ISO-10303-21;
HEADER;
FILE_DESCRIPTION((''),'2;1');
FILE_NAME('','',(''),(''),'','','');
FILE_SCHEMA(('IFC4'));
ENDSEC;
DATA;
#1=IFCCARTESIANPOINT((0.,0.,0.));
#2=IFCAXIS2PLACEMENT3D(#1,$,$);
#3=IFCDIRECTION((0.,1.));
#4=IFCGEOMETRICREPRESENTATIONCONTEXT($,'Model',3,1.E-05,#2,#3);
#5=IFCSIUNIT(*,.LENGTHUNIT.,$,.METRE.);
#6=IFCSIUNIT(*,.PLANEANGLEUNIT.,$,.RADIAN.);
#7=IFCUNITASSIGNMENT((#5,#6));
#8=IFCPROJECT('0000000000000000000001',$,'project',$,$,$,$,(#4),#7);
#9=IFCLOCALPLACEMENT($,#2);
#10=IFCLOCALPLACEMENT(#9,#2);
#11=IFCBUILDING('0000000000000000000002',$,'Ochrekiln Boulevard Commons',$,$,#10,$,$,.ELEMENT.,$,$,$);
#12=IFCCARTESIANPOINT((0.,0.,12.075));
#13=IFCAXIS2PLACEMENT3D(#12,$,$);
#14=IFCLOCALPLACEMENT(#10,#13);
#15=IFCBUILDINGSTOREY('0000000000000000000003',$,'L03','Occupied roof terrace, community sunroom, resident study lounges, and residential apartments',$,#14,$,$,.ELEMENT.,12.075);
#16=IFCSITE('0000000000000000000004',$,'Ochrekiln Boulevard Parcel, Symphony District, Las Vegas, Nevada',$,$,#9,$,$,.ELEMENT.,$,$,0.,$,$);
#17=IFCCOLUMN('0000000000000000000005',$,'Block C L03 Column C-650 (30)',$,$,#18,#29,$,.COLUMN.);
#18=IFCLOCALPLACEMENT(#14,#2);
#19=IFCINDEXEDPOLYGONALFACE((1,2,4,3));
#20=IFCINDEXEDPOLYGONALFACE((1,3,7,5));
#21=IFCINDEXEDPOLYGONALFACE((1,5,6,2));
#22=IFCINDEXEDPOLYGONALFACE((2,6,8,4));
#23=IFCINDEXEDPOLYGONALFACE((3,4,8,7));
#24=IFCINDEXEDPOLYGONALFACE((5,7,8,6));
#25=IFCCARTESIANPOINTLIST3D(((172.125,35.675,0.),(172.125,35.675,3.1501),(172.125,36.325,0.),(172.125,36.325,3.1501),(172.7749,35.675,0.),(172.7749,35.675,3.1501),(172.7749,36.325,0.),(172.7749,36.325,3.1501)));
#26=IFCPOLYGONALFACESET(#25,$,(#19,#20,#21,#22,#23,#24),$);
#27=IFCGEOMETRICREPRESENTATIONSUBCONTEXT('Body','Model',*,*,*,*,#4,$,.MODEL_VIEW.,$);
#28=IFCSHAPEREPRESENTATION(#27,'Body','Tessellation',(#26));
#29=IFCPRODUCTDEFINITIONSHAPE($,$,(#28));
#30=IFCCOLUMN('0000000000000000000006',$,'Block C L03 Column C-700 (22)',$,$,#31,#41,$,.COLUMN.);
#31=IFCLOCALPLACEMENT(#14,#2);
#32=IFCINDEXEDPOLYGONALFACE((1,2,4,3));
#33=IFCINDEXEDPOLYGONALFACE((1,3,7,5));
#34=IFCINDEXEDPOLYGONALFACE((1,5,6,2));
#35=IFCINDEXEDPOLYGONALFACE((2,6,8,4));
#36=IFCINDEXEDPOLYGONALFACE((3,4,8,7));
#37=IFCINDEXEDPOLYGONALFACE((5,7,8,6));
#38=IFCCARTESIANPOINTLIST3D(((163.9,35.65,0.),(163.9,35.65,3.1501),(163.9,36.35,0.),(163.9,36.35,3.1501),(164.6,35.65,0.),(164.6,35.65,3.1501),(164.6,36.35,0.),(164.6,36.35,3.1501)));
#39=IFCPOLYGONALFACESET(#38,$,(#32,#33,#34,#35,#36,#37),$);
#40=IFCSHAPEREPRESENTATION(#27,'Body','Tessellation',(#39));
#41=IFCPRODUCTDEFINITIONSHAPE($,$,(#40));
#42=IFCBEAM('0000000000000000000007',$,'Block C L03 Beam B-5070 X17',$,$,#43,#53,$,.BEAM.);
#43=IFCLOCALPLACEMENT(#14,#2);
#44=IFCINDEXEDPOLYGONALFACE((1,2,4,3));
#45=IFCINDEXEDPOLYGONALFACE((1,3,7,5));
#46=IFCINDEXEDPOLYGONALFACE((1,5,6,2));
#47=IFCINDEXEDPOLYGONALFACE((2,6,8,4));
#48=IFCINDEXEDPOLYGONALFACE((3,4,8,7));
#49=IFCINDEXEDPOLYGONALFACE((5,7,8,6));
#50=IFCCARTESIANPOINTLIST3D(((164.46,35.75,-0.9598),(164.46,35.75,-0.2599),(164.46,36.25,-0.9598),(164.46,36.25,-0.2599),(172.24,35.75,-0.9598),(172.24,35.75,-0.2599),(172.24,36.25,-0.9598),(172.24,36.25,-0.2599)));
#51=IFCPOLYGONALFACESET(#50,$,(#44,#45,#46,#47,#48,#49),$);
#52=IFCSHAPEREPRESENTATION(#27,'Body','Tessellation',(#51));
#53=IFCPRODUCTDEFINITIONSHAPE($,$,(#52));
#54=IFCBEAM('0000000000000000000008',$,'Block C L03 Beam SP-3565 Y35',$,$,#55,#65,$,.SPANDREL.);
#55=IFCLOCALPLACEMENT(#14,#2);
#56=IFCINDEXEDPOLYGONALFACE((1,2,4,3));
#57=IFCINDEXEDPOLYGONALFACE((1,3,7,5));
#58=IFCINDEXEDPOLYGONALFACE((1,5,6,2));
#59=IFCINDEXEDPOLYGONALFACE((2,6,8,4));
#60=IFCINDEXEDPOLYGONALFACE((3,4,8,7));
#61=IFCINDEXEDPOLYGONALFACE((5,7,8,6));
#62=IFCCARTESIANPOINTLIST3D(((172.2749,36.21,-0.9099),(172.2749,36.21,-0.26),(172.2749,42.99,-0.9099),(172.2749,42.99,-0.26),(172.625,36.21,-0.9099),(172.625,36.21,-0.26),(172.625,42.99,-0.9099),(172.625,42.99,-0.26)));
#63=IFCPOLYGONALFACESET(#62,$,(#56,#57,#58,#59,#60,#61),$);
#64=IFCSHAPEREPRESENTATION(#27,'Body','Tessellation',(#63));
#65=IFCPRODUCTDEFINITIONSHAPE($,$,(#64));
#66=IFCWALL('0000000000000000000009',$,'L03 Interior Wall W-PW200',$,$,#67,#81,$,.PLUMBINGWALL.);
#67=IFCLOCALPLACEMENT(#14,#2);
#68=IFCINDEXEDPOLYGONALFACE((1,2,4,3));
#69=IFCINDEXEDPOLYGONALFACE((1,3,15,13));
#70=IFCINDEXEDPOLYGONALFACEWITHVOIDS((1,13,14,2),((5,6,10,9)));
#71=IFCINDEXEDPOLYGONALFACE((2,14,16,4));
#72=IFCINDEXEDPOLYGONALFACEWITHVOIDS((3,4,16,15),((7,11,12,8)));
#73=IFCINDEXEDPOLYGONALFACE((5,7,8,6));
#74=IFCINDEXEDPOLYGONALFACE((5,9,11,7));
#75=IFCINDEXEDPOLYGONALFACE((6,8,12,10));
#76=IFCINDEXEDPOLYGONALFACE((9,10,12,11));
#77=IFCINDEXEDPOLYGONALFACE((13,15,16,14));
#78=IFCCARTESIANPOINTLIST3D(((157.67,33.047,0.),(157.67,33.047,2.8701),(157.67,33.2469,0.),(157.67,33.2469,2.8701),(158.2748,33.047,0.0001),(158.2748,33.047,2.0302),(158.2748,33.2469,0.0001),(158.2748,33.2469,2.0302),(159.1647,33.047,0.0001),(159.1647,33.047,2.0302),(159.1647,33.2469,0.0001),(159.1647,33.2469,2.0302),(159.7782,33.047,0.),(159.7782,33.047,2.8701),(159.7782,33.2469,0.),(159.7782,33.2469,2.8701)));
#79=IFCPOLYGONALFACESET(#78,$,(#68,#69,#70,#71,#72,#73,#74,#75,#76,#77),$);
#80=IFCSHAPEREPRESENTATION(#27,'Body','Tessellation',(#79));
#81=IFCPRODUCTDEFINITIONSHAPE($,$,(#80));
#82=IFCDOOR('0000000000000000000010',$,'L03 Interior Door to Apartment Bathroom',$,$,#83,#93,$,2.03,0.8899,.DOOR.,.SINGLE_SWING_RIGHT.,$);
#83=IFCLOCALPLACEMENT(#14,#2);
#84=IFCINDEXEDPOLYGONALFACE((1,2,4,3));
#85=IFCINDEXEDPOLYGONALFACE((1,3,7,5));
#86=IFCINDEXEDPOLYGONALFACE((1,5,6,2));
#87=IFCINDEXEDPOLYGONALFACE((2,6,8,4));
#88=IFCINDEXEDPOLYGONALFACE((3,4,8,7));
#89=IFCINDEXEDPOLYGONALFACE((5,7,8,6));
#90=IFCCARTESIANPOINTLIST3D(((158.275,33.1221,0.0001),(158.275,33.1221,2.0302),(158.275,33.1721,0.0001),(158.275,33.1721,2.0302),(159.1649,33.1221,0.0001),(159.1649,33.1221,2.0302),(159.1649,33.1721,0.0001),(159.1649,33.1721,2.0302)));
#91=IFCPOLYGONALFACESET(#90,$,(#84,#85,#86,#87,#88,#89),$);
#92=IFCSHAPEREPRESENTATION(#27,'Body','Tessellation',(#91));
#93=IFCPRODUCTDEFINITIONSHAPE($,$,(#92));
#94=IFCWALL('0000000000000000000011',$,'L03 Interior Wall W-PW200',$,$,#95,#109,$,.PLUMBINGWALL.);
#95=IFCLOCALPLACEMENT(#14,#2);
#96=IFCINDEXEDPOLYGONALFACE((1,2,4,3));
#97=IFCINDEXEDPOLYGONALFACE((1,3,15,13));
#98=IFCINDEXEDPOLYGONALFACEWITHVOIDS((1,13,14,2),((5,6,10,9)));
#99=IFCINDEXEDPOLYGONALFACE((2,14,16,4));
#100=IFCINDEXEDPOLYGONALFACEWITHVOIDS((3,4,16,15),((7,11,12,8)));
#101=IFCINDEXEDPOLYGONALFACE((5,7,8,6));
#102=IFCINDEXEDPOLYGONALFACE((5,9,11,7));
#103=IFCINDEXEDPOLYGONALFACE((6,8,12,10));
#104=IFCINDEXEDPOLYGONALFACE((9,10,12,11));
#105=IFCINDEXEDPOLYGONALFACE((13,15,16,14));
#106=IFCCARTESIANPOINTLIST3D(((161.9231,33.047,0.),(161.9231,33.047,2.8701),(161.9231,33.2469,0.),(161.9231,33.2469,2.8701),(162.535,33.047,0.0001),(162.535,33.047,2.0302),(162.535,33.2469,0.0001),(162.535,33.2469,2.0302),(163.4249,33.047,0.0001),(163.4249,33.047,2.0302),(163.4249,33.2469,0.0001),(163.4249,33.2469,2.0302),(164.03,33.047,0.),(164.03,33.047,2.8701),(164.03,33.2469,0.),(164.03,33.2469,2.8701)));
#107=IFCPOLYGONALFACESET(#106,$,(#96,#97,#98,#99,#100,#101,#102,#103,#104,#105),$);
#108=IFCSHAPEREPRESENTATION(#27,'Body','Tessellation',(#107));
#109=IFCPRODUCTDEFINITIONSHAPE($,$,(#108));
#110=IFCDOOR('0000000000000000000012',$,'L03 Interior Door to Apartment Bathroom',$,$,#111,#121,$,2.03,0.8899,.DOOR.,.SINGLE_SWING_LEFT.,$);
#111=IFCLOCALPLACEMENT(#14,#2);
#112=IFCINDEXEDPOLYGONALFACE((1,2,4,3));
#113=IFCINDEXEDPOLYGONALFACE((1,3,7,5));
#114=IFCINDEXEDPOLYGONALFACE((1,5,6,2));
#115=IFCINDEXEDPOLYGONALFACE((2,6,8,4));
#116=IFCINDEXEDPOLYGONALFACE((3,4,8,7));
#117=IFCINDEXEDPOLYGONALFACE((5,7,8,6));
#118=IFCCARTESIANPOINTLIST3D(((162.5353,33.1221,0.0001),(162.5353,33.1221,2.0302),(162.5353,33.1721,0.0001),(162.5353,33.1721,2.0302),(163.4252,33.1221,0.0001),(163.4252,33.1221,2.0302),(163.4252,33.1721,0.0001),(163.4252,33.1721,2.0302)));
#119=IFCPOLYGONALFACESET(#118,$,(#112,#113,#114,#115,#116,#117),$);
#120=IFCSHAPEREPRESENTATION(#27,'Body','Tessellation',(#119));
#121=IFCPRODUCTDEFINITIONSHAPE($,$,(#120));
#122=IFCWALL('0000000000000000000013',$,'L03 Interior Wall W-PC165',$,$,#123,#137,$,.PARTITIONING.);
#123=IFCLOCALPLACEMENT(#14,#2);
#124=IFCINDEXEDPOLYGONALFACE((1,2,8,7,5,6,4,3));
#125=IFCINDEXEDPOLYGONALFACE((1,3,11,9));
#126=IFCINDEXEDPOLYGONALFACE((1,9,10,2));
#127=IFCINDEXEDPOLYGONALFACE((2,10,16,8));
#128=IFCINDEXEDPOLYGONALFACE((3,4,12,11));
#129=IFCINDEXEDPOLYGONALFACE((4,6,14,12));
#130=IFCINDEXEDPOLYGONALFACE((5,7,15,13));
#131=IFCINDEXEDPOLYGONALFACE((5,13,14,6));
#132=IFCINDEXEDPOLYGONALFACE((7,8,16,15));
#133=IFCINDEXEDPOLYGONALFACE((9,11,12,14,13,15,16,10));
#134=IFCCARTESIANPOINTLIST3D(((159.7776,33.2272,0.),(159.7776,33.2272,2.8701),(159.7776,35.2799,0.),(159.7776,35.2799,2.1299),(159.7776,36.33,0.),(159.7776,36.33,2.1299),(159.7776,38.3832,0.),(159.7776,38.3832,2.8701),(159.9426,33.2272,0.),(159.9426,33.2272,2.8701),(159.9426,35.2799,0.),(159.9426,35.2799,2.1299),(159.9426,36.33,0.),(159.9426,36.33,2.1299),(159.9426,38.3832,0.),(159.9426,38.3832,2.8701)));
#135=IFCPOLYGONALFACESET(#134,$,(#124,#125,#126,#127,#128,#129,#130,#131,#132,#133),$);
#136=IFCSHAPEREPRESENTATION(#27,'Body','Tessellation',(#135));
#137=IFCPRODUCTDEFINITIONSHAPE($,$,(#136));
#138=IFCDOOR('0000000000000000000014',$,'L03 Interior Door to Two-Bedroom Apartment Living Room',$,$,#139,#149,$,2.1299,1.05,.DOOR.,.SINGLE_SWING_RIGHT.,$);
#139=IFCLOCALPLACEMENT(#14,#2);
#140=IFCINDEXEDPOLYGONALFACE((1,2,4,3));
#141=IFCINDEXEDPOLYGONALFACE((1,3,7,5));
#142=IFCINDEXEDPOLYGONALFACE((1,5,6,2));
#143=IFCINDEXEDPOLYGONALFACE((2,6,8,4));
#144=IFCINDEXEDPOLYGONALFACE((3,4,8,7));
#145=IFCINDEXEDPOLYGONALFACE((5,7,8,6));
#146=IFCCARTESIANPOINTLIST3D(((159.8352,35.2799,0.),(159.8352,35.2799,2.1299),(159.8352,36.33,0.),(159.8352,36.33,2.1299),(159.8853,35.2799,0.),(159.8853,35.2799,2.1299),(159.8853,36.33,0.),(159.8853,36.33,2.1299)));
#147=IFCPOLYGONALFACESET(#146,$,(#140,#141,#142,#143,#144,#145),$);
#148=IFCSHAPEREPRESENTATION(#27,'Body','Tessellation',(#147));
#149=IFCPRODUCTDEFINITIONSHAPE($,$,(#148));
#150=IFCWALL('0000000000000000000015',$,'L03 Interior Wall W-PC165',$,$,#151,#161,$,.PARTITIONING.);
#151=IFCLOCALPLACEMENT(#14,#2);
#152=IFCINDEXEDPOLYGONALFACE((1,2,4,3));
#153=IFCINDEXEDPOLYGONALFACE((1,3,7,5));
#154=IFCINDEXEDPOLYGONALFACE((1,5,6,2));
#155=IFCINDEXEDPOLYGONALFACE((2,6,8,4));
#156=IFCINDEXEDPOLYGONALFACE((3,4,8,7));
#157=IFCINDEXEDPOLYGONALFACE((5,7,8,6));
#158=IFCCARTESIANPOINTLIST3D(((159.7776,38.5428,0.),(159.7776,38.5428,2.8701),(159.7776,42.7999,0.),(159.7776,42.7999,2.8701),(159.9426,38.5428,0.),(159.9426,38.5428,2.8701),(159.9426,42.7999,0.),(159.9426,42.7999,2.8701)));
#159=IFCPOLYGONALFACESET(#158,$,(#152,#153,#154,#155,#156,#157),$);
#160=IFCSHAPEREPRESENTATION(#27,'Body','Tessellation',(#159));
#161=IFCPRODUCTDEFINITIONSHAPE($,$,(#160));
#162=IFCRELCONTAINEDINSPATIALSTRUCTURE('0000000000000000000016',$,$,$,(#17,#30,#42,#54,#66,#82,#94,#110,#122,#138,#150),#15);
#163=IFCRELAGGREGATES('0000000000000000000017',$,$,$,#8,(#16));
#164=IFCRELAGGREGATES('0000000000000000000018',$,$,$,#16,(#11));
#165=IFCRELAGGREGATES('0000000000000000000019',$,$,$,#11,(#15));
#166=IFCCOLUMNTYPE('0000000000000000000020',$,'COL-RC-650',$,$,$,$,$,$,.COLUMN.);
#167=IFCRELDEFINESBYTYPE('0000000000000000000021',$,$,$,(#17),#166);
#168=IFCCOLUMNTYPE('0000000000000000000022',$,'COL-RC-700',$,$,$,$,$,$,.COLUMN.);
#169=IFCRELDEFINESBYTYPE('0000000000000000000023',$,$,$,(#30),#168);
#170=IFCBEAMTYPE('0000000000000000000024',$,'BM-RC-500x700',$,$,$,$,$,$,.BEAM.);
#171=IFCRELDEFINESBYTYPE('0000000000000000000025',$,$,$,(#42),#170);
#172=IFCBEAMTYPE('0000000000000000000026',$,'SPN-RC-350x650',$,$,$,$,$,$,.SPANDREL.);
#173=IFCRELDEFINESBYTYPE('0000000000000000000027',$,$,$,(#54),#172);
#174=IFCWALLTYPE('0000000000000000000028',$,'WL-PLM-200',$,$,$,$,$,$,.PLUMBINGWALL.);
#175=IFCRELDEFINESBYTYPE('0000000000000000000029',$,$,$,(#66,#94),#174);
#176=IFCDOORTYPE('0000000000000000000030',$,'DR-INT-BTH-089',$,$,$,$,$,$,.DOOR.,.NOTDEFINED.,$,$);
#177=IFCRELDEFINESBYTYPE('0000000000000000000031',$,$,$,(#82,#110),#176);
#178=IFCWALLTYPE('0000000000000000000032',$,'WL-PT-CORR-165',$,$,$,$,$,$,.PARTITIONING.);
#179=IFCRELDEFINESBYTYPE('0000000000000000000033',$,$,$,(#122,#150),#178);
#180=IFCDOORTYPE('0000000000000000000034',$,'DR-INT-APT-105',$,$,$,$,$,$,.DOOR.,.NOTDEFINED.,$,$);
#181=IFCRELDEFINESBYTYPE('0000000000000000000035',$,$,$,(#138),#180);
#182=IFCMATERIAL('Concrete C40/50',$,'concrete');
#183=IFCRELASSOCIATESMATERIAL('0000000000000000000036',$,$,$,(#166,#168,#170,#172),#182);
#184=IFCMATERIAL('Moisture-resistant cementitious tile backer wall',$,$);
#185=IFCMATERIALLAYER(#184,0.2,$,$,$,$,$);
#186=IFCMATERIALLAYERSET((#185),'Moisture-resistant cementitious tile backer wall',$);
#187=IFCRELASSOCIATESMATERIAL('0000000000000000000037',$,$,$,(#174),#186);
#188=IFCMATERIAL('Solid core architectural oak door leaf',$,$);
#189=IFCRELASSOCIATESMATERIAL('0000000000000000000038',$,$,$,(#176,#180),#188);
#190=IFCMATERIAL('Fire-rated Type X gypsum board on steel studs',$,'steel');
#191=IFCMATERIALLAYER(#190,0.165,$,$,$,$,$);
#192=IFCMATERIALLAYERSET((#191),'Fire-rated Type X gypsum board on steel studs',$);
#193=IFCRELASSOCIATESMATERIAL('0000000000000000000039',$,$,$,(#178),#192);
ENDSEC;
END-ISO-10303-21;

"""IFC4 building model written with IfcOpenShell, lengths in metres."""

from ifc_helpers import new_model, si_unit, direction, frame, frame_2d, origin, origin_2d, place, context, subcontext, project, spatial, rectangle, extrude, material, layer, layer_set, material_profile, profile_set, type_object, element, fill, save


model = new_model("IFC4")

# Units and contexts
model_context = context("Model", 3, precision=1e-05, world=origin(), true_north=direction((0.0, 1.0)))
body_context = subcontext(model_context, "Body", "Model", "MODEL_VIEW")
ifc_project = project(units=[si_unit("LENGTHUNIT", "METRE"), si_unit("PLANEANGLEUNIT", "RADIAN")], contexts=[model_context])

# Site, building, storey
site_placement = place(None, origin())
site = spatial("IfcSite", under=ifc_project, at=site_placement, Name="Ochrekiln Boulevard Parcel, Symphony District, Las Vegas, Nevada", CompositionType="ELEMENT", RefElevation=0.0)
building_placement = place(site_placement, origin())
building = spatial("IfcBuilding", under=site, at=building_placement, Name="Ochrekiln Boulevard Commons", CompositionType="ELEMENT")
storey_placement = place(building_placement, frame((0.0, 0.0, 12.075)))
storey = spatial("IfcBuildingStorey", under=building, at=storey_placement, Name="L03", Description="Occupied roof terrace, community sunroom, resident study lounges, and residential apartments", CompositionType="ELEMENT", Elevation=12.075)

# Columns
ifc_material_1 = material(Name="Concrete C40/50", Category="concrete")
ifc_material_profile_1 = material_profile(ifc_material_1, rectangle(XDim=0.6499, YDim=0.6499, at=origin_2d()), Name="RC-COL-650x650")
ifc_profile_set_1 = profile_set([ifc_material_profile_1], Name="Concrete C40/50")
column_type_1 = type_object("IfcColumnType", Name="COL-RC-650", PredefinedType="COLUMN", material=ifc_profile_set_1)
column_1_placement = place(storey_placement, frame((172.45, 36.0, 0.0), z_axis=(0.0, 0.0, 1.0), x_axis=(1.0, 0.0, 0.0)))
element("IfcColumn", 1, at=column_1_placement, inside=storey, type_object=column_type_1, Name="Block C L03 Column C-650 (30)", PredefinedType="COLUMN", context=body_context, shape_type="SweptSolid", body=[
    extrude(rectangle(XDim=0.6499, YDim=0.6499, at=origin_2d()), origin(), (0.0, 0.0, 1.0), 3.1501),
])
ifc_material_profile_2 = material_profile(ifc_material_1, rectangle(XDim=0.7, YDim=0.7, at=origin_2d()), Name="RC-COL-700x700")
ifc_profile_set_2 = profile_set([ifc_material_profile_2], Name="Concrete C40/50")
column_type_2 = type_object("IfcColumnType", Name="COL-RC-700", PredefinedType="COLUMN", material=ifc_profile_set_2)
column_2_placement = place(storey_placement, frame((164.25, 36.0, 0.0), z_axis=(0.0, 0.0, 1.0), x_axis=(1.0, 0.0, 0.0)))
element("IfcColumn", 2, at=column_2_placement, inside=storey, type_object=column_type_2, Name="Block C L03 Column C-700 (22)", PredefinedType="COLUMN", context=body_context, shape_type="SweptSolid", body=[
    extrude(rectangle(XDim=0.7, YDim=0.7, at=origin_2d()), origin(), (0.0, 0.0, 1.0), 3.1501),
])

# Beams
ifc_material_profile_3 = material_profile(ifc_material_1, rectangle(XDim=0.5, YDim=0.7, at=origin_2d()), Name="RC-BM-500x700")
ifc_profile_set_3 = profile_set([ifc_material_profile_3], Name="Concrete C40/50")
beam_type_1 = type_object("IfcBeamType", Name="BM-RC-500x700", PredefinedType="BEAM", material=ifc_profile_set_3)
beam_1_placement = place(storey_placement, frame((164.46, 36.0, -0.6099), z_axis=(1.0, 0.0, 0.0), x_axis=(0.0, 1.0, 0.0)))
element("IfcBeam", 3, at=beam_1_placement, inside=storey, type_object=beam_type_1, Name="Block C L03 Beam B-5070 X17", PredefinedType="BEAM", context=body_context, shape_type="SweptSolid", body=[
    extrude(rectangle(XDim=0.5, YDim=0.7, at=origin_2d()), origin(), (0.0, 0.0, 1.0), 7.78),
])
ifc_material_profile_4 = material_profile(ifc_material_1, rectangle(XDim=0.3501, YDim=0.6499, at=origin_2d()), Name="RC-SPN-350x650")
ifc_profile_set_4 = profile_set([ifc_material_profile_4], Name="Concrete C40/50")
beam_type_2 = type_object("IfcBeamType", Name="SPN-RC-350x650", PredefinedType="SPANDREL", material=ifc_profile_set_4)
beam_2_placement = place(storey_placement, frame((172.45, 36.21, -0.585), z_axis=(0.0, 1.0, 0.0), x_axis=(-1.0, 0.0, 0.0)))
element("IfcBeam", 4, at=beam_2_placement, inside=storey, type_object=beam_type_2, Name="Block C L03 Beam SP-3565 Y35", PredefinedType="SPANDREL", context=body_context, shape_type="SweptSolid", body=[
    extrude(rectangle(XDim=0.3501, YDim=0.6499, at=origin_2d()), origin(), (0.0, 0.0, 1.0), 6.78),
])

# Walls, openings, doors
ifc_material_2 = material(Name="Moisture-resistant cementitious tile backer wall")
ifc_layer_1 = layer(ifc_material_2, 0.2)
ifc_layer_set_1 = layer_set([ifc_layer_1], Name="Moisture-resistant cementitious tile backer wall")
wall_type_1 = type_object("IfcWallType", Name="WL-PLM-200", PredefinedType="PLUMBINGWALL", material=ifc_layer_set_1)
wall_1_placement = place(storey_placement, frame((157.6699, 33.147, 0.0), z_axis=(0.0, 0.0, 1.0), x_axis=(1.0, 0.0, 0.0)))
wall_1 = element("IfcWall", 5, at=wall_1_placement, inside=storey, type_object=wall_type_1, Name="L03 Interior Wall W-PW200", PredefinedType="PLUMBINGWALL", context=body_context, shape_type="SweptSolid", body=[
    extrude(rectangle(XDim=2.1082, YDim=0.2, at=frame_2d((1.0542, 0.0))), origin(), (0.0, 0.0, 1.0), 2.8701),
])
opening_1_placement = place(wall_1_placement, frame((0.605, 0.0, 0.0)))
opening_1 = element("IfcOpeningElement", 6, at=opening_1_placement, cuts=wall_1, PredefinedType="OPENING", context=body_context, shape_type="SweptSolid", body=[
    extrude(rectangle(XDim=0.8899, YDim=2.03, at=frame_2d((0.4448, 1.0151))), frame((0.0, 0.1099, 0.0), z_axis=(0.0, -1.0, 0.0), x_axis=(1.0, 0.0, 0.0)), (0.0, 0.0, 1.0), 0.22),
])
ifc_material_3 = material(Name="Solid core architectural oak door leaf")
door_type_1 = type_object("IfcDoorType", Name="DR-INT-BTH-089", OperationType="NOTDEFINED", PredefinedType="DOOR", material=ifc_material_3)
door_1_placement = place(opening_1_placement, frame((0.8899, 0.0, 0.0), z_axis=(0.0, 0.0, 1.0), x_axis=(-1.0, 0.0, 0.0)))
door_1 = element("IfcDoor", 7, at=door_1_placement, inside=storey, type_object=door_type_1, Name="L03 Interior Door to Apartment Bathroom", OperationType="SINGLE_SWING_RIGHT", OverallHeight=2.03, OverallWidth=0.8899, PredefinedType="DOOR", context=body_context, shape_type="SweptSolid", body=[
    extrude(rectangle(XDim=0.8899, YDim=2.03, at=frame_2d((0.4448, 1.0151))), frame((0.0, 0.0249, 0.0), z_axis=(0.0, -1.0, 0.0), x_axis=(1.0, 0.0, 0.0)), (0.0, 0.0, 1.0), 0.05),
])
fill(opening_1, door_1)
wall_2_placement = place(storey_placement, frame((161.9231, 33.147, 0.0), z_axis=(0.0, 0.0, 1.0), x_axis=(1.0, 0.0, 0.0)))
wall_2 = element("IfcWall", 8, at=wall_2_placement, inside=storey, type_object=wall_type_1, Name="L03 Interior Wall W-PW200", PredefinedType="PLUMBINGWALL", context=body_context, shape_type="SweptSolid", body=[
    extrude(rectangle(XDim=2.1069, YDim=0.2, at=frame_2d((1.0535, 0.0))), origin(), (0.0, 0.0, 1.0), 2.8701),
])
opening_2_placement = place(wall_2_placement, frame((0.6121, 0.0, 0.0)))
opening_2 = element("IfcOpeningElement", 9, at=opening_2_placement, cuts=wall_2, PredefinedType="OPENING", context=body_context, shape_type="SweptSolid", body=[
    extrude(rectangle(XDim=0.8899, YDim=2.03, at=frame_2d((0.4448, 1.0151))), frame((0.0, 0.1099, 0.0), z_axis=(0.0, -1.0, 0.0), x_axis=(1.0, 0.0, 0.0)), (0.0, 0.0, 1.0), 0.22),
])
door_2_placement = place(opening_2_placement, frame((0.8899, 0.0, 0.0), z_axis=(0.0, 0.0, 1.0), x_axis=(-1.0, 0.0, 0.0)))
door_2 = element("IfcDoor", 10, at=door_2_placement, inside=storey, type_object=door_type_1, Name="L03 Interior Door to Apartment Bathroom", OperationType="SINGLE_SWING_LEFT", OverallHeight=2.03, OverallWidth=0.8899, PredefinedType="DOOR", context=body_context, shape_type="SweptSolid", body=[
    extrude(rectangle(XDim=0.8899, YDim=2.03, at=frame_2d((0.4448, 1.0151))), frame((0.0, 0.0249, 0.0), z_axis=(0.0, -1.0, 0.0), x_axis=(1.0, 0.0, 0.0)), (0.0, 0.0, 1.0), 0.05),
])
fill(opening_2, door_2)
ifc_material_4 = material(Name="Fire-rated Type X gypsum board on steel studs", Category="steel")
ifc_layer_2 = layer(ifc_material_4, 0.165)
ifc_layer_set_2 = layer_set([ifc_layer_2], Name="Fire-rated Type X gypsum board on steel studs")
wall_type_2 = type_object("IfcWallType", Name="WL-PT-CORR-165", PredefinedType="PARTITIONING", material=ifc_layer_set_2)
wall_3_placement = place(storey_placement, frame((159.8601, 33.2271, 0.0), z_axis=(0.0, 0.0, 1.0), x_axis=(0.0, 1.0, 0.0)))
wall_3 = element("IfcWall", 11, at=wall_3_placement, inside=storey, type_object=wall_type_2, Name="L03 Interior Wall W-PC165", PredefinedType="PARTITIONING", context=body_context, shape_type="SweptSolid", body=[
    extrude(rectangle(XDim=5.156, YDim=0.165, at=frame_2d((2.5781, 0.0))), origin(), (0.0, 0.0, 1.0), 2.8701),
])
opening_3_placement = place(wall_3_placement, frame((2.053, 0.0, 0.0)))
opening_3 = element("IfcOpeningElement", 12, at=opening_3_placement, cuts=wall_3, PredefinedType="OPENING", context=body_context, shape_type="SweptSolid", body=[
    extrude(rectangle(XDim=1.05, YDim=2.1299, at=frame_2d((0.5249, 1.0649))), frame((0.0, 0.0925, 0.0), z_axis=(0.0, -1.0, 0.0), x_axis=(1.0, 0.0, 0.0)), (0.0, 0.0, 1.0), 0.1851),
])
door_type_2 = type_object("IfcDoorType", Name="DR-INT-APT-105", OperationType="NOTDEFINED", PredefinedType="DOOR", material=ifc_material_3)
door_3_placement = place(opening_3_placement, origin())
door_3 = element("IfcDoor", 13, at=door_3_placement, inside=storey, type_object=door_type_2, Name="L03 Interior Door to Two-Bedroom Apartment Living Room", OperationType="SINGLE_SWING_RIGHT", OverallHeight=2.1299, OverallWidth=1.05, PredefinedType="DOOR", context=body_context, shape_type="SweptSolid", body=[
    extrude(rectangle(XDim=1.05, YDim=2.1299, at=frame_2d((0.5249, 1.0649))), frame((0.0, 0.0249, 0.0), z_axis=(0.0, -1.0, 0.0), x_axis=(1.0, 0.0, 0.0)), (0.0, 0.0, 1.0), 0.05),
])
fill(opening_3, door_3)

# Wall
wall_4_placement = place(storey_placement, frame((159.8601, 38.543, 0.0), z_axis=(0.0, 0.0, 1.0), x_axis=(0.0, 1.0, 0.0)))
element("IfcWall", 14, at=wall_4_placement, inside=storey, type_object=wall_type_2, Name="L03 Interior Wall W-PC165", PredefinedType="PARTITIONING", context=body_context, shape_type="SweptSolid", body=[
    extrude(rectangle(XDim=4.2571, YDim=0.165, at=frame_2d((2.1284, 0.0))), origin(), (0.0, 0.0, 1.0), 2.8701),
])

save(model, "model.ifc")
